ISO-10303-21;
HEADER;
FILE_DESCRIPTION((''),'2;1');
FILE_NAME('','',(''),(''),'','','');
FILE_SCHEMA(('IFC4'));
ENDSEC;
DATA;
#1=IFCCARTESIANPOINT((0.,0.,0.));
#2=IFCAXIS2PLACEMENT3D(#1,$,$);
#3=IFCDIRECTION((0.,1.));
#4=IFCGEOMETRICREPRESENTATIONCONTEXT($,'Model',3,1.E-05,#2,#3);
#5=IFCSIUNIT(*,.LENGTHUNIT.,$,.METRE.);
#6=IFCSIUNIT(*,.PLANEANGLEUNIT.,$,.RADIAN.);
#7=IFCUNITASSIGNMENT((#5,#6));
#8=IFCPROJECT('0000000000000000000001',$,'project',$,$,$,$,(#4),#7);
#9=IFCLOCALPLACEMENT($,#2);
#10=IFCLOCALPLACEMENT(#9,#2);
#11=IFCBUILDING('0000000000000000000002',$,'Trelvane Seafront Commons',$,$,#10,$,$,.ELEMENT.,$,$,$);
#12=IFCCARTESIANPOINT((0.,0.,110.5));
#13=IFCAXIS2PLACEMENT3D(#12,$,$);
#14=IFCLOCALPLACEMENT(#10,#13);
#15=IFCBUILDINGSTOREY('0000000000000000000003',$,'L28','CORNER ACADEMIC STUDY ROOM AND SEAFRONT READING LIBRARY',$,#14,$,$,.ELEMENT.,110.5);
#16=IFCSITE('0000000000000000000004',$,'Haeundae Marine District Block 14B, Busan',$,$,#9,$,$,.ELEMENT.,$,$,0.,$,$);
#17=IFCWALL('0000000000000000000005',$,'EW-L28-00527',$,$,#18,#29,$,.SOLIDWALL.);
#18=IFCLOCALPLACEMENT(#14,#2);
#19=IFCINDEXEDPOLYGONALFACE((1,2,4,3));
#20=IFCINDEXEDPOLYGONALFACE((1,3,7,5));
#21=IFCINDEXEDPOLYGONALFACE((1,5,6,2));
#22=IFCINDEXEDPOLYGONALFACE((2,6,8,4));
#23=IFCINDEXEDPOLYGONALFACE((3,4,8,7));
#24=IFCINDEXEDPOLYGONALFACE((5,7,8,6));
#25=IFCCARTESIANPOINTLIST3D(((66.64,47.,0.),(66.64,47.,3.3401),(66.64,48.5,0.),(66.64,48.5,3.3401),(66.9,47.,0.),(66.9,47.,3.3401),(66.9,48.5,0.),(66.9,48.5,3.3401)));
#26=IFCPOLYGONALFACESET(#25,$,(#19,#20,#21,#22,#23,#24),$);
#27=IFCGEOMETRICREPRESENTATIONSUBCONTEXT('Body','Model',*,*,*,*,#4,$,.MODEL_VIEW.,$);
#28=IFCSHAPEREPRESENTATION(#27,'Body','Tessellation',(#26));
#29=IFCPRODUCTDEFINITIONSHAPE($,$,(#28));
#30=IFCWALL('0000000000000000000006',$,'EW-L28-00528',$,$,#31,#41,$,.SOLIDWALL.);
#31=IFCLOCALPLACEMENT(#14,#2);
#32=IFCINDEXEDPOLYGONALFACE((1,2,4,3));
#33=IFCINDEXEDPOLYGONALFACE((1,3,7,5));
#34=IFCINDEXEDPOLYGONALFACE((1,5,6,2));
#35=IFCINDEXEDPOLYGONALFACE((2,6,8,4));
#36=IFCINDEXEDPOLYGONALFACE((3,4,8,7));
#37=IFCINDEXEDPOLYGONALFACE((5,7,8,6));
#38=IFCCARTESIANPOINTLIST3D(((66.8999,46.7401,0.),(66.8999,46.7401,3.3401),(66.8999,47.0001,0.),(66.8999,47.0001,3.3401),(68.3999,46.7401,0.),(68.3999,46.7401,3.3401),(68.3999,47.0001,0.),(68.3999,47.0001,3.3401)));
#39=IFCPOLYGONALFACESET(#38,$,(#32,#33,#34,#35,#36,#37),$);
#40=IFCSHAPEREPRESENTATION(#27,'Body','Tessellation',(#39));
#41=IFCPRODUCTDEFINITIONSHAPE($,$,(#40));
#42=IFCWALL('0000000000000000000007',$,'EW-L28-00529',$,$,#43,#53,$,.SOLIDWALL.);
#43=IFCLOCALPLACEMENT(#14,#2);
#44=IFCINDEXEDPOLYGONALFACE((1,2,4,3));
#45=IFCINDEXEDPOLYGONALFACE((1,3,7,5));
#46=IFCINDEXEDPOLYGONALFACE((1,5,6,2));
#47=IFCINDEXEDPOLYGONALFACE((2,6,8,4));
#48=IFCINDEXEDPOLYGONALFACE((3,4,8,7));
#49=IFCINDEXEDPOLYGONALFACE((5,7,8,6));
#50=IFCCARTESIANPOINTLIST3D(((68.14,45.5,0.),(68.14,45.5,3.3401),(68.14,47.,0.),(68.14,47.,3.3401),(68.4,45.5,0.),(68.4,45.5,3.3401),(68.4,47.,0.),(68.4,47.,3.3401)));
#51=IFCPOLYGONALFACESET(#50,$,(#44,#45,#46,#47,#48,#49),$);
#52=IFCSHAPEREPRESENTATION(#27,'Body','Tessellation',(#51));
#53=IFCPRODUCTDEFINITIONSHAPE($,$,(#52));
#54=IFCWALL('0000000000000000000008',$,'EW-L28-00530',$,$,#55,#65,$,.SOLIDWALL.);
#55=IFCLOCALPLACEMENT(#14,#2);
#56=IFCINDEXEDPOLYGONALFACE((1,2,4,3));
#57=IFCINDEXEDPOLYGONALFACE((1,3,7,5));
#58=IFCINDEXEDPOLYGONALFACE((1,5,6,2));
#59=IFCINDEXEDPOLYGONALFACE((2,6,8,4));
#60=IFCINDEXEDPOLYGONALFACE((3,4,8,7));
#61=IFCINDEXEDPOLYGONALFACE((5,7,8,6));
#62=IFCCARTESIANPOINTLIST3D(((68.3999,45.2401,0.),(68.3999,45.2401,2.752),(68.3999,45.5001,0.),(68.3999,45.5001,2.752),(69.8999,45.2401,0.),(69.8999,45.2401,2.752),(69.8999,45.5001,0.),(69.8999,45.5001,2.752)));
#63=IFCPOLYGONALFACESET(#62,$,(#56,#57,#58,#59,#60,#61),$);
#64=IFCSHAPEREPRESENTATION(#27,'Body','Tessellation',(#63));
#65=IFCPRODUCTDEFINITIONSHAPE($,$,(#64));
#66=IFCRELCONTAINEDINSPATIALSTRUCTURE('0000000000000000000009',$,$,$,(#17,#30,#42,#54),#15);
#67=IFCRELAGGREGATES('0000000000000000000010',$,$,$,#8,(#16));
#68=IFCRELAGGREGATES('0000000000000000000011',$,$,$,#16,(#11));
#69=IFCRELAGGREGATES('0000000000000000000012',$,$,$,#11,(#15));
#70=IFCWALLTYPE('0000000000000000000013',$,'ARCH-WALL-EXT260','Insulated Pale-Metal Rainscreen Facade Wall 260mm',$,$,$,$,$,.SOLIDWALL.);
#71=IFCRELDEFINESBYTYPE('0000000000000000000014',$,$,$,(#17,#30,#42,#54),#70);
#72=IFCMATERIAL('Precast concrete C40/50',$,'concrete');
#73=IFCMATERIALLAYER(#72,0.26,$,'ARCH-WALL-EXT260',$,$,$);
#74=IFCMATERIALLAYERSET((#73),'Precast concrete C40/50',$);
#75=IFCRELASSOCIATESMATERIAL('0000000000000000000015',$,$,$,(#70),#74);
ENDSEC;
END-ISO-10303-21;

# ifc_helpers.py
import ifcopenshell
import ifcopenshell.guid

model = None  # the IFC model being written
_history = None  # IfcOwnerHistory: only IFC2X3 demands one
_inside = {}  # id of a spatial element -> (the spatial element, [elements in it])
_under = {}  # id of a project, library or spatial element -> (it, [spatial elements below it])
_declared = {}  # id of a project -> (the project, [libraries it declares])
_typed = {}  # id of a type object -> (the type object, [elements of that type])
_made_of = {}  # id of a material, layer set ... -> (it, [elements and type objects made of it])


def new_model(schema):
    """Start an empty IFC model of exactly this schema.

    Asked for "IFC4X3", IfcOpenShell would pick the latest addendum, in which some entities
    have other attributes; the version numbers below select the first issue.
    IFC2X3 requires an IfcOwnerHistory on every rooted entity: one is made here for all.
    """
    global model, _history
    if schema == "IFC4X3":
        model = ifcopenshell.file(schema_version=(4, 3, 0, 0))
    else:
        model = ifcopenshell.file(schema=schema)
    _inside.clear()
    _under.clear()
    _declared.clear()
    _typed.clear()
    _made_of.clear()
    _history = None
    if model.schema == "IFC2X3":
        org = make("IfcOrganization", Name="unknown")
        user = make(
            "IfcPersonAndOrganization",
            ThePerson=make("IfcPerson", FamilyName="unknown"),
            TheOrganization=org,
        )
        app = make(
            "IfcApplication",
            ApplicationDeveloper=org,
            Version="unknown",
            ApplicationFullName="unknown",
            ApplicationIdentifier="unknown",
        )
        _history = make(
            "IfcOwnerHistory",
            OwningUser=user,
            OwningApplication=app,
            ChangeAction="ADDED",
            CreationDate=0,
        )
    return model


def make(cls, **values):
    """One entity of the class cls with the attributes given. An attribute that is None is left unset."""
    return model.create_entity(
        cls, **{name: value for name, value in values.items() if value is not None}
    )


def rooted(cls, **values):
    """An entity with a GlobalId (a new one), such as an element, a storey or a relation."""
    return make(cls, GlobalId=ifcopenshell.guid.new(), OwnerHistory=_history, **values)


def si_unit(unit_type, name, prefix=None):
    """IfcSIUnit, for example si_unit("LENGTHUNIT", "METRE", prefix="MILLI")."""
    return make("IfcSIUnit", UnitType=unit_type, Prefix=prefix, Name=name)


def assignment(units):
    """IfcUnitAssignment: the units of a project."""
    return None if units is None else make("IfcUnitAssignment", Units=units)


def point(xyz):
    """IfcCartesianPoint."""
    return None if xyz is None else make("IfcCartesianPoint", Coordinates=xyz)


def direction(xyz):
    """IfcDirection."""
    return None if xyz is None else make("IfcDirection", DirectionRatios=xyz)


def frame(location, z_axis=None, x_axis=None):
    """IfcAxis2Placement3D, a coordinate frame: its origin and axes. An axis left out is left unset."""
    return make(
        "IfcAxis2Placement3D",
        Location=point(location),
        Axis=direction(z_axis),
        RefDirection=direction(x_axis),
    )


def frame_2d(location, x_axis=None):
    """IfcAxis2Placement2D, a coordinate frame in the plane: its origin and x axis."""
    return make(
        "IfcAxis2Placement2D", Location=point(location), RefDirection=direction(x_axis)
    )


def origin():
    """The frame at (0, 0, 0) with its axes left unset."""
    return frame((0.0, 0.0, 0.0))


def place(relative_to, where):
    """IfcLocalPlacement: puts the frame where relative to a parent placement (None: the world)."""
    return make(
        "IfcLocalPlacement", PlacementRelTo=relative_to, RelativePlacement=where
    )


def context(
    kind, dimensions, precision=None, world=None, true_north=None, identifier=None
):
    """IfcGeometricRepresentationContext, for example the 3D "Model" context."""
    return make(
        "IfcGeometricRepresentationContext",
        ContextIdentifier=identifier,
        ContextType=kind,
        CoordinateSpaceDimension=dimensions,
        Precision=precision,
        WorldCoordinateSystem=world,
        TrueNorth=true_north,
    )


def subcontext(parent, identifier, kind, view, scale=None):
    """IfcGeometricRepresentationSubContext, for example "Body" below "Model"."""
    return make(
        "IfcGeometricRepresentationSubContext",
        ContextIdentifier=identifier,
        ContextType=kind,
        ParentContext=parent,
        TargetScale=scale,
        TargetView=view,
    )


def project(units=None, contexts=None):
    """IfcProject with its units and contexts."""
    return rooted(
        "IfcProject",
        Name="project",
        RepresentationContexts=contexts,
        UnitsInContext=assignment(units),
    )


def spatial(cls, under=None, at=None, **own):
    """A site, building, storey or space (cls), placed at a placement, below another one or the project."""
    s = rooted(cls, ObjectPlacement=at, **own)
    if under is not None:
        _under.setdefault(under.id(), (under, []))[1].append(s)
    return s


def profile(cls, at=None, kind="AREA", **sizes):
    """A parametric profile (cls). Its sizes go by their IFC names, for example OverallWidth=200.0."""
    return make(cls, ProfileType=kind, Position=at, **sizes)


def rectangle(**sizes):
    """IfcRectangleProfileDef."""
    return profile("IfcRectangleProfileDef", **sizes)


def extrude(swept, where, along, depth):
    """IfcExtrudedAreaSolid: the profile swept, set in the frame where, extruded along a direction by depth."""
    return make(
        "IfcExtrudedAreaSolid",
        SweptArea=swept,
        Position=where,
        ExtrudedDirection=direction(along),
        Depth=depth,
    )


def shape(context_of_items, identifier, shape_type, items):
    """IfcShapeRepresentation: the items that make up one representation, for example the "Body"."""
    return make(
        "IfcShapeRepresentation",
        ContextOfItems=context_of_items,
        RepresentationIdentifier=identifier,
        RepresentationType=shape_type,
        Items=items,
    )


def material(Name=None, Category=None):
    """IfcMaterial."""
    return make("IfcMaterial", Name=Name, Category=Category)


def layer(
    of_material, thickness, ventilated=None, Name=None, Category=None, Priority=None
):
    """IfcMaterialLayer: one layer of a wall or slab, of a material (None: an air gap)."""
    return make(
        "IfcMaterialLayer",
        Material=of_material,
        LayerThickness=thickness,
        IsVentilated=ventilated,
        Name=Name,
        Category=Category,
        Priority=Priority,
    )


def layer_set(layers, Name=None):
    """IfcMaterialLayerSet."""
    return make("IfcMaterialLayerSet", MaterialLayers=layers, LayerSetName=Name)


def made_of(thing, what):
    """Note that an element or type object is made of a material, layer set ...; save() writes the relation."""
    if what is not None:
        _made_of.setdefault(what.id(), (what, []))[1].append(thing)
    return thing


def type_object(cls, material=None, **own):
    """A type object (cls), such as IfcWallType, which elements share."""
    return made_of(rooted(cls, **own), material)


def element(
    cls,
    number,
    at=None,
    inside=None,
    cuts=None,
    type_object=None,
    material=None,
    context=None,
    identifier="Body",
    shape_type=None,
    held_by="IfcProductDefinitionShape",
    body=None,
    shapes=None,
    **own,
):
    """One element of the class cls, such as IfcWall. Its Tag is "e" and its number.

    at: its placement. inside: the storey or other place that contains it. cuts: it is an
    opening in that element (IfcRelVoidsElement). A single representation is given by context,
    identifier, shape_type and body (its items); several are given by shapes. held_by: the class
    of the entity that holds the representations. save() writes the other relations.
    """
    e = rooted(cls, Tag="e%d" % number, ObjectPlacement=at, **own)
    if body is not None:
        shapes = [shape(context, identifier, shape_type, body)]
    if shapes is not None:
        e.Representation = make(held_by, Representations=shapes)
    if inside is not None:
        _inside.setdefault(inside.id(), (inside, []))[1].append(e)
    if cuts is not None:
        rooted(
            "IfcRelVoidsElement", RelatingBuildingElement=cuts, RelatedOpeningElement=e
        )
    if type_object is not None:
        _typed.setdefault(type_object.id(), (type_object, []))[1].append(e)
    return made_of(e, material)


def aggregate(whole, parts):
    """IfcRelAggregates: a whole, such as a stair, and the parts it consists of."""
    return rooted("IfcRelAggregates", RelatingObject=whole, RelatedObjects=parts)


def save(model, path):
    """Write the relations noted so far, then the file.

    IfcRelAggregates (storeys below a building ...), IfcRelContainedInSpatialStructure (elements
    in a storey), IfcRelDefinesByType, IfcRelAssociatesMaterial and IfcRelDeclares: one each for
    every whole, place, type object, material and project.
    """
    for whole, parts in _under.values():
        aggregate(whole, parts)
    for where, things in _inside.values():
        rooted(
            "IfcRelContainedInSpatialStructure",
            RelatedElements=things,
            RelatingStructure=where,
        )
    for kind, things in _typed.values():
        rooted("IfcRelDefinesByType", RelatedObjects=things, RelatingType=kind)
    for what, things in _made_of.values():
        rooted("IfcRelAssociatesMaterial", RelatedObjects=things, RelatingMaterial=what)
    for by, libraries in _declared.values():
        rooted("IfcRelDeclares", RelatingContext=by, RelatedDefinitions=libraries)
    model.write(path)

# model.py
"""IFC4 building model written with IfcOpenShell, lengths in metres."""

from ifc_helpers import new_model, si_unit, direction, frame, frame_2d, origin, place, context, subcontext, project, spatial, rectangle, extrude, material, layer, layer_set, type_object, element, save


model = new_model("IFC4")

# Units and contexts
model_context = context("Model", 3, precision=1e-05, world=origin(), true_north=direction((0.0, 1.0)))
body_context = subcontext(model_context, "Body", "Model", "MODEL_VIEW")
ifc_project = project(units=[si_unit("LENGTHUNIT", "METRE"), si_unit("PLANEANGLEUNIT", "RADIAN")], contexts=[model_context])

# Site, building, storey
site_placement = place(None, origin())
site = spatial("IfcSite", under=ifc_project, at=site_placement, Name="Haeundae Marine District Block 14B, Busan", CompositionType="ELEMENT", RefElevation=0.0)
building_placement = place(site_placement, origin())
building = spatial("IfcBuilding", under=site, at=building_placement, Name="Trelvane Seafront Commons", CompositionType="ELEMENT")
storey_placement = place(building_placement, frame((0.0, 0.0, 110.5)))
storey = spatial("IfcBuildingStorey", under=building, at=storey_placement, Name="L28", Description="CORNER ACADEMIC STUDY ROOM AND SEAFRONT READING LIBRARY", CompositionType="ELEMENT", Elevation=110.5)

# Shared definitions
ifc_material_1 = material(Name="Precast concrete C40/50", Category="concrete")
ifc_layer_1 = layer(ifc_material_1, 0.26, Name="ARCH-WALL-EXT260")
ifc_layer_set_1 = layer_set([ifc_layer_1], Name="Precast concrete C40/50")
wall_type = type_object("IfcWallType", Name="ARCH-WALL-EXT260", Description="Insulated Pale-Metal Rainscreen Facade Wall 260mm", PredefinedType="SOLIDWALL", material=ifc_layer_set_1)

# Walls
for number, where, z_axis, x_axis, name in (
    (1, (66.77, 48.5, 0.0), (0.0, 0.0, 1.0), (0.0, -1.0, 0.0), "EW-L28-00527"),
    (2, (66.8999, 46.8701, 0.0), (0.0, 0.0, 1.0), (1.0, 0.0, 0.0), "EW-L28-00528"),
    (3, (68.27, 47.0, 0.0), (0.0, 0.0, 1.0), (0.0, -1.0, 0.0), "EW-L28-00529"),
):
    element("IfcWall", number, at=place(storey_placement, frame(where, z_axis=z_axis, x_axis=x_axis)), inside=storey, type_object=wall_type, Name=name, PredefinedType="SOLIDWALL", context=body_context, shape_type="SweptSolid", body=[
        extrude(rectangle(XDim=1.5, YDim=0.26, at=frame_2d((0.75, 0.0))), origin(), (0.0, 0.0, 1.0), 3.3401),
    ])
wall_1_placement = place(storey_placement, frame((68.3999, 45.3701, 0.0), z_axis=(0.0, 0.0, 1.0), x_axis=(1.0, 0.0, 0.0)))
element("IfcWall", 4, at=wall_1_placement, inside=storey, type_object=wall_type, Name="EW-L28-00530", PredefinedType="SOLIDWALL", context=body_context, shape_type="SweptSolid", body=[
    extrude(rectangle(XDim=1.5, YDim=0.26, at=frame_2d((0.75, 0.0))), origin(), (0.0, 0.0, 1.0), 2.752),
])

save(model, "model.ifc")
